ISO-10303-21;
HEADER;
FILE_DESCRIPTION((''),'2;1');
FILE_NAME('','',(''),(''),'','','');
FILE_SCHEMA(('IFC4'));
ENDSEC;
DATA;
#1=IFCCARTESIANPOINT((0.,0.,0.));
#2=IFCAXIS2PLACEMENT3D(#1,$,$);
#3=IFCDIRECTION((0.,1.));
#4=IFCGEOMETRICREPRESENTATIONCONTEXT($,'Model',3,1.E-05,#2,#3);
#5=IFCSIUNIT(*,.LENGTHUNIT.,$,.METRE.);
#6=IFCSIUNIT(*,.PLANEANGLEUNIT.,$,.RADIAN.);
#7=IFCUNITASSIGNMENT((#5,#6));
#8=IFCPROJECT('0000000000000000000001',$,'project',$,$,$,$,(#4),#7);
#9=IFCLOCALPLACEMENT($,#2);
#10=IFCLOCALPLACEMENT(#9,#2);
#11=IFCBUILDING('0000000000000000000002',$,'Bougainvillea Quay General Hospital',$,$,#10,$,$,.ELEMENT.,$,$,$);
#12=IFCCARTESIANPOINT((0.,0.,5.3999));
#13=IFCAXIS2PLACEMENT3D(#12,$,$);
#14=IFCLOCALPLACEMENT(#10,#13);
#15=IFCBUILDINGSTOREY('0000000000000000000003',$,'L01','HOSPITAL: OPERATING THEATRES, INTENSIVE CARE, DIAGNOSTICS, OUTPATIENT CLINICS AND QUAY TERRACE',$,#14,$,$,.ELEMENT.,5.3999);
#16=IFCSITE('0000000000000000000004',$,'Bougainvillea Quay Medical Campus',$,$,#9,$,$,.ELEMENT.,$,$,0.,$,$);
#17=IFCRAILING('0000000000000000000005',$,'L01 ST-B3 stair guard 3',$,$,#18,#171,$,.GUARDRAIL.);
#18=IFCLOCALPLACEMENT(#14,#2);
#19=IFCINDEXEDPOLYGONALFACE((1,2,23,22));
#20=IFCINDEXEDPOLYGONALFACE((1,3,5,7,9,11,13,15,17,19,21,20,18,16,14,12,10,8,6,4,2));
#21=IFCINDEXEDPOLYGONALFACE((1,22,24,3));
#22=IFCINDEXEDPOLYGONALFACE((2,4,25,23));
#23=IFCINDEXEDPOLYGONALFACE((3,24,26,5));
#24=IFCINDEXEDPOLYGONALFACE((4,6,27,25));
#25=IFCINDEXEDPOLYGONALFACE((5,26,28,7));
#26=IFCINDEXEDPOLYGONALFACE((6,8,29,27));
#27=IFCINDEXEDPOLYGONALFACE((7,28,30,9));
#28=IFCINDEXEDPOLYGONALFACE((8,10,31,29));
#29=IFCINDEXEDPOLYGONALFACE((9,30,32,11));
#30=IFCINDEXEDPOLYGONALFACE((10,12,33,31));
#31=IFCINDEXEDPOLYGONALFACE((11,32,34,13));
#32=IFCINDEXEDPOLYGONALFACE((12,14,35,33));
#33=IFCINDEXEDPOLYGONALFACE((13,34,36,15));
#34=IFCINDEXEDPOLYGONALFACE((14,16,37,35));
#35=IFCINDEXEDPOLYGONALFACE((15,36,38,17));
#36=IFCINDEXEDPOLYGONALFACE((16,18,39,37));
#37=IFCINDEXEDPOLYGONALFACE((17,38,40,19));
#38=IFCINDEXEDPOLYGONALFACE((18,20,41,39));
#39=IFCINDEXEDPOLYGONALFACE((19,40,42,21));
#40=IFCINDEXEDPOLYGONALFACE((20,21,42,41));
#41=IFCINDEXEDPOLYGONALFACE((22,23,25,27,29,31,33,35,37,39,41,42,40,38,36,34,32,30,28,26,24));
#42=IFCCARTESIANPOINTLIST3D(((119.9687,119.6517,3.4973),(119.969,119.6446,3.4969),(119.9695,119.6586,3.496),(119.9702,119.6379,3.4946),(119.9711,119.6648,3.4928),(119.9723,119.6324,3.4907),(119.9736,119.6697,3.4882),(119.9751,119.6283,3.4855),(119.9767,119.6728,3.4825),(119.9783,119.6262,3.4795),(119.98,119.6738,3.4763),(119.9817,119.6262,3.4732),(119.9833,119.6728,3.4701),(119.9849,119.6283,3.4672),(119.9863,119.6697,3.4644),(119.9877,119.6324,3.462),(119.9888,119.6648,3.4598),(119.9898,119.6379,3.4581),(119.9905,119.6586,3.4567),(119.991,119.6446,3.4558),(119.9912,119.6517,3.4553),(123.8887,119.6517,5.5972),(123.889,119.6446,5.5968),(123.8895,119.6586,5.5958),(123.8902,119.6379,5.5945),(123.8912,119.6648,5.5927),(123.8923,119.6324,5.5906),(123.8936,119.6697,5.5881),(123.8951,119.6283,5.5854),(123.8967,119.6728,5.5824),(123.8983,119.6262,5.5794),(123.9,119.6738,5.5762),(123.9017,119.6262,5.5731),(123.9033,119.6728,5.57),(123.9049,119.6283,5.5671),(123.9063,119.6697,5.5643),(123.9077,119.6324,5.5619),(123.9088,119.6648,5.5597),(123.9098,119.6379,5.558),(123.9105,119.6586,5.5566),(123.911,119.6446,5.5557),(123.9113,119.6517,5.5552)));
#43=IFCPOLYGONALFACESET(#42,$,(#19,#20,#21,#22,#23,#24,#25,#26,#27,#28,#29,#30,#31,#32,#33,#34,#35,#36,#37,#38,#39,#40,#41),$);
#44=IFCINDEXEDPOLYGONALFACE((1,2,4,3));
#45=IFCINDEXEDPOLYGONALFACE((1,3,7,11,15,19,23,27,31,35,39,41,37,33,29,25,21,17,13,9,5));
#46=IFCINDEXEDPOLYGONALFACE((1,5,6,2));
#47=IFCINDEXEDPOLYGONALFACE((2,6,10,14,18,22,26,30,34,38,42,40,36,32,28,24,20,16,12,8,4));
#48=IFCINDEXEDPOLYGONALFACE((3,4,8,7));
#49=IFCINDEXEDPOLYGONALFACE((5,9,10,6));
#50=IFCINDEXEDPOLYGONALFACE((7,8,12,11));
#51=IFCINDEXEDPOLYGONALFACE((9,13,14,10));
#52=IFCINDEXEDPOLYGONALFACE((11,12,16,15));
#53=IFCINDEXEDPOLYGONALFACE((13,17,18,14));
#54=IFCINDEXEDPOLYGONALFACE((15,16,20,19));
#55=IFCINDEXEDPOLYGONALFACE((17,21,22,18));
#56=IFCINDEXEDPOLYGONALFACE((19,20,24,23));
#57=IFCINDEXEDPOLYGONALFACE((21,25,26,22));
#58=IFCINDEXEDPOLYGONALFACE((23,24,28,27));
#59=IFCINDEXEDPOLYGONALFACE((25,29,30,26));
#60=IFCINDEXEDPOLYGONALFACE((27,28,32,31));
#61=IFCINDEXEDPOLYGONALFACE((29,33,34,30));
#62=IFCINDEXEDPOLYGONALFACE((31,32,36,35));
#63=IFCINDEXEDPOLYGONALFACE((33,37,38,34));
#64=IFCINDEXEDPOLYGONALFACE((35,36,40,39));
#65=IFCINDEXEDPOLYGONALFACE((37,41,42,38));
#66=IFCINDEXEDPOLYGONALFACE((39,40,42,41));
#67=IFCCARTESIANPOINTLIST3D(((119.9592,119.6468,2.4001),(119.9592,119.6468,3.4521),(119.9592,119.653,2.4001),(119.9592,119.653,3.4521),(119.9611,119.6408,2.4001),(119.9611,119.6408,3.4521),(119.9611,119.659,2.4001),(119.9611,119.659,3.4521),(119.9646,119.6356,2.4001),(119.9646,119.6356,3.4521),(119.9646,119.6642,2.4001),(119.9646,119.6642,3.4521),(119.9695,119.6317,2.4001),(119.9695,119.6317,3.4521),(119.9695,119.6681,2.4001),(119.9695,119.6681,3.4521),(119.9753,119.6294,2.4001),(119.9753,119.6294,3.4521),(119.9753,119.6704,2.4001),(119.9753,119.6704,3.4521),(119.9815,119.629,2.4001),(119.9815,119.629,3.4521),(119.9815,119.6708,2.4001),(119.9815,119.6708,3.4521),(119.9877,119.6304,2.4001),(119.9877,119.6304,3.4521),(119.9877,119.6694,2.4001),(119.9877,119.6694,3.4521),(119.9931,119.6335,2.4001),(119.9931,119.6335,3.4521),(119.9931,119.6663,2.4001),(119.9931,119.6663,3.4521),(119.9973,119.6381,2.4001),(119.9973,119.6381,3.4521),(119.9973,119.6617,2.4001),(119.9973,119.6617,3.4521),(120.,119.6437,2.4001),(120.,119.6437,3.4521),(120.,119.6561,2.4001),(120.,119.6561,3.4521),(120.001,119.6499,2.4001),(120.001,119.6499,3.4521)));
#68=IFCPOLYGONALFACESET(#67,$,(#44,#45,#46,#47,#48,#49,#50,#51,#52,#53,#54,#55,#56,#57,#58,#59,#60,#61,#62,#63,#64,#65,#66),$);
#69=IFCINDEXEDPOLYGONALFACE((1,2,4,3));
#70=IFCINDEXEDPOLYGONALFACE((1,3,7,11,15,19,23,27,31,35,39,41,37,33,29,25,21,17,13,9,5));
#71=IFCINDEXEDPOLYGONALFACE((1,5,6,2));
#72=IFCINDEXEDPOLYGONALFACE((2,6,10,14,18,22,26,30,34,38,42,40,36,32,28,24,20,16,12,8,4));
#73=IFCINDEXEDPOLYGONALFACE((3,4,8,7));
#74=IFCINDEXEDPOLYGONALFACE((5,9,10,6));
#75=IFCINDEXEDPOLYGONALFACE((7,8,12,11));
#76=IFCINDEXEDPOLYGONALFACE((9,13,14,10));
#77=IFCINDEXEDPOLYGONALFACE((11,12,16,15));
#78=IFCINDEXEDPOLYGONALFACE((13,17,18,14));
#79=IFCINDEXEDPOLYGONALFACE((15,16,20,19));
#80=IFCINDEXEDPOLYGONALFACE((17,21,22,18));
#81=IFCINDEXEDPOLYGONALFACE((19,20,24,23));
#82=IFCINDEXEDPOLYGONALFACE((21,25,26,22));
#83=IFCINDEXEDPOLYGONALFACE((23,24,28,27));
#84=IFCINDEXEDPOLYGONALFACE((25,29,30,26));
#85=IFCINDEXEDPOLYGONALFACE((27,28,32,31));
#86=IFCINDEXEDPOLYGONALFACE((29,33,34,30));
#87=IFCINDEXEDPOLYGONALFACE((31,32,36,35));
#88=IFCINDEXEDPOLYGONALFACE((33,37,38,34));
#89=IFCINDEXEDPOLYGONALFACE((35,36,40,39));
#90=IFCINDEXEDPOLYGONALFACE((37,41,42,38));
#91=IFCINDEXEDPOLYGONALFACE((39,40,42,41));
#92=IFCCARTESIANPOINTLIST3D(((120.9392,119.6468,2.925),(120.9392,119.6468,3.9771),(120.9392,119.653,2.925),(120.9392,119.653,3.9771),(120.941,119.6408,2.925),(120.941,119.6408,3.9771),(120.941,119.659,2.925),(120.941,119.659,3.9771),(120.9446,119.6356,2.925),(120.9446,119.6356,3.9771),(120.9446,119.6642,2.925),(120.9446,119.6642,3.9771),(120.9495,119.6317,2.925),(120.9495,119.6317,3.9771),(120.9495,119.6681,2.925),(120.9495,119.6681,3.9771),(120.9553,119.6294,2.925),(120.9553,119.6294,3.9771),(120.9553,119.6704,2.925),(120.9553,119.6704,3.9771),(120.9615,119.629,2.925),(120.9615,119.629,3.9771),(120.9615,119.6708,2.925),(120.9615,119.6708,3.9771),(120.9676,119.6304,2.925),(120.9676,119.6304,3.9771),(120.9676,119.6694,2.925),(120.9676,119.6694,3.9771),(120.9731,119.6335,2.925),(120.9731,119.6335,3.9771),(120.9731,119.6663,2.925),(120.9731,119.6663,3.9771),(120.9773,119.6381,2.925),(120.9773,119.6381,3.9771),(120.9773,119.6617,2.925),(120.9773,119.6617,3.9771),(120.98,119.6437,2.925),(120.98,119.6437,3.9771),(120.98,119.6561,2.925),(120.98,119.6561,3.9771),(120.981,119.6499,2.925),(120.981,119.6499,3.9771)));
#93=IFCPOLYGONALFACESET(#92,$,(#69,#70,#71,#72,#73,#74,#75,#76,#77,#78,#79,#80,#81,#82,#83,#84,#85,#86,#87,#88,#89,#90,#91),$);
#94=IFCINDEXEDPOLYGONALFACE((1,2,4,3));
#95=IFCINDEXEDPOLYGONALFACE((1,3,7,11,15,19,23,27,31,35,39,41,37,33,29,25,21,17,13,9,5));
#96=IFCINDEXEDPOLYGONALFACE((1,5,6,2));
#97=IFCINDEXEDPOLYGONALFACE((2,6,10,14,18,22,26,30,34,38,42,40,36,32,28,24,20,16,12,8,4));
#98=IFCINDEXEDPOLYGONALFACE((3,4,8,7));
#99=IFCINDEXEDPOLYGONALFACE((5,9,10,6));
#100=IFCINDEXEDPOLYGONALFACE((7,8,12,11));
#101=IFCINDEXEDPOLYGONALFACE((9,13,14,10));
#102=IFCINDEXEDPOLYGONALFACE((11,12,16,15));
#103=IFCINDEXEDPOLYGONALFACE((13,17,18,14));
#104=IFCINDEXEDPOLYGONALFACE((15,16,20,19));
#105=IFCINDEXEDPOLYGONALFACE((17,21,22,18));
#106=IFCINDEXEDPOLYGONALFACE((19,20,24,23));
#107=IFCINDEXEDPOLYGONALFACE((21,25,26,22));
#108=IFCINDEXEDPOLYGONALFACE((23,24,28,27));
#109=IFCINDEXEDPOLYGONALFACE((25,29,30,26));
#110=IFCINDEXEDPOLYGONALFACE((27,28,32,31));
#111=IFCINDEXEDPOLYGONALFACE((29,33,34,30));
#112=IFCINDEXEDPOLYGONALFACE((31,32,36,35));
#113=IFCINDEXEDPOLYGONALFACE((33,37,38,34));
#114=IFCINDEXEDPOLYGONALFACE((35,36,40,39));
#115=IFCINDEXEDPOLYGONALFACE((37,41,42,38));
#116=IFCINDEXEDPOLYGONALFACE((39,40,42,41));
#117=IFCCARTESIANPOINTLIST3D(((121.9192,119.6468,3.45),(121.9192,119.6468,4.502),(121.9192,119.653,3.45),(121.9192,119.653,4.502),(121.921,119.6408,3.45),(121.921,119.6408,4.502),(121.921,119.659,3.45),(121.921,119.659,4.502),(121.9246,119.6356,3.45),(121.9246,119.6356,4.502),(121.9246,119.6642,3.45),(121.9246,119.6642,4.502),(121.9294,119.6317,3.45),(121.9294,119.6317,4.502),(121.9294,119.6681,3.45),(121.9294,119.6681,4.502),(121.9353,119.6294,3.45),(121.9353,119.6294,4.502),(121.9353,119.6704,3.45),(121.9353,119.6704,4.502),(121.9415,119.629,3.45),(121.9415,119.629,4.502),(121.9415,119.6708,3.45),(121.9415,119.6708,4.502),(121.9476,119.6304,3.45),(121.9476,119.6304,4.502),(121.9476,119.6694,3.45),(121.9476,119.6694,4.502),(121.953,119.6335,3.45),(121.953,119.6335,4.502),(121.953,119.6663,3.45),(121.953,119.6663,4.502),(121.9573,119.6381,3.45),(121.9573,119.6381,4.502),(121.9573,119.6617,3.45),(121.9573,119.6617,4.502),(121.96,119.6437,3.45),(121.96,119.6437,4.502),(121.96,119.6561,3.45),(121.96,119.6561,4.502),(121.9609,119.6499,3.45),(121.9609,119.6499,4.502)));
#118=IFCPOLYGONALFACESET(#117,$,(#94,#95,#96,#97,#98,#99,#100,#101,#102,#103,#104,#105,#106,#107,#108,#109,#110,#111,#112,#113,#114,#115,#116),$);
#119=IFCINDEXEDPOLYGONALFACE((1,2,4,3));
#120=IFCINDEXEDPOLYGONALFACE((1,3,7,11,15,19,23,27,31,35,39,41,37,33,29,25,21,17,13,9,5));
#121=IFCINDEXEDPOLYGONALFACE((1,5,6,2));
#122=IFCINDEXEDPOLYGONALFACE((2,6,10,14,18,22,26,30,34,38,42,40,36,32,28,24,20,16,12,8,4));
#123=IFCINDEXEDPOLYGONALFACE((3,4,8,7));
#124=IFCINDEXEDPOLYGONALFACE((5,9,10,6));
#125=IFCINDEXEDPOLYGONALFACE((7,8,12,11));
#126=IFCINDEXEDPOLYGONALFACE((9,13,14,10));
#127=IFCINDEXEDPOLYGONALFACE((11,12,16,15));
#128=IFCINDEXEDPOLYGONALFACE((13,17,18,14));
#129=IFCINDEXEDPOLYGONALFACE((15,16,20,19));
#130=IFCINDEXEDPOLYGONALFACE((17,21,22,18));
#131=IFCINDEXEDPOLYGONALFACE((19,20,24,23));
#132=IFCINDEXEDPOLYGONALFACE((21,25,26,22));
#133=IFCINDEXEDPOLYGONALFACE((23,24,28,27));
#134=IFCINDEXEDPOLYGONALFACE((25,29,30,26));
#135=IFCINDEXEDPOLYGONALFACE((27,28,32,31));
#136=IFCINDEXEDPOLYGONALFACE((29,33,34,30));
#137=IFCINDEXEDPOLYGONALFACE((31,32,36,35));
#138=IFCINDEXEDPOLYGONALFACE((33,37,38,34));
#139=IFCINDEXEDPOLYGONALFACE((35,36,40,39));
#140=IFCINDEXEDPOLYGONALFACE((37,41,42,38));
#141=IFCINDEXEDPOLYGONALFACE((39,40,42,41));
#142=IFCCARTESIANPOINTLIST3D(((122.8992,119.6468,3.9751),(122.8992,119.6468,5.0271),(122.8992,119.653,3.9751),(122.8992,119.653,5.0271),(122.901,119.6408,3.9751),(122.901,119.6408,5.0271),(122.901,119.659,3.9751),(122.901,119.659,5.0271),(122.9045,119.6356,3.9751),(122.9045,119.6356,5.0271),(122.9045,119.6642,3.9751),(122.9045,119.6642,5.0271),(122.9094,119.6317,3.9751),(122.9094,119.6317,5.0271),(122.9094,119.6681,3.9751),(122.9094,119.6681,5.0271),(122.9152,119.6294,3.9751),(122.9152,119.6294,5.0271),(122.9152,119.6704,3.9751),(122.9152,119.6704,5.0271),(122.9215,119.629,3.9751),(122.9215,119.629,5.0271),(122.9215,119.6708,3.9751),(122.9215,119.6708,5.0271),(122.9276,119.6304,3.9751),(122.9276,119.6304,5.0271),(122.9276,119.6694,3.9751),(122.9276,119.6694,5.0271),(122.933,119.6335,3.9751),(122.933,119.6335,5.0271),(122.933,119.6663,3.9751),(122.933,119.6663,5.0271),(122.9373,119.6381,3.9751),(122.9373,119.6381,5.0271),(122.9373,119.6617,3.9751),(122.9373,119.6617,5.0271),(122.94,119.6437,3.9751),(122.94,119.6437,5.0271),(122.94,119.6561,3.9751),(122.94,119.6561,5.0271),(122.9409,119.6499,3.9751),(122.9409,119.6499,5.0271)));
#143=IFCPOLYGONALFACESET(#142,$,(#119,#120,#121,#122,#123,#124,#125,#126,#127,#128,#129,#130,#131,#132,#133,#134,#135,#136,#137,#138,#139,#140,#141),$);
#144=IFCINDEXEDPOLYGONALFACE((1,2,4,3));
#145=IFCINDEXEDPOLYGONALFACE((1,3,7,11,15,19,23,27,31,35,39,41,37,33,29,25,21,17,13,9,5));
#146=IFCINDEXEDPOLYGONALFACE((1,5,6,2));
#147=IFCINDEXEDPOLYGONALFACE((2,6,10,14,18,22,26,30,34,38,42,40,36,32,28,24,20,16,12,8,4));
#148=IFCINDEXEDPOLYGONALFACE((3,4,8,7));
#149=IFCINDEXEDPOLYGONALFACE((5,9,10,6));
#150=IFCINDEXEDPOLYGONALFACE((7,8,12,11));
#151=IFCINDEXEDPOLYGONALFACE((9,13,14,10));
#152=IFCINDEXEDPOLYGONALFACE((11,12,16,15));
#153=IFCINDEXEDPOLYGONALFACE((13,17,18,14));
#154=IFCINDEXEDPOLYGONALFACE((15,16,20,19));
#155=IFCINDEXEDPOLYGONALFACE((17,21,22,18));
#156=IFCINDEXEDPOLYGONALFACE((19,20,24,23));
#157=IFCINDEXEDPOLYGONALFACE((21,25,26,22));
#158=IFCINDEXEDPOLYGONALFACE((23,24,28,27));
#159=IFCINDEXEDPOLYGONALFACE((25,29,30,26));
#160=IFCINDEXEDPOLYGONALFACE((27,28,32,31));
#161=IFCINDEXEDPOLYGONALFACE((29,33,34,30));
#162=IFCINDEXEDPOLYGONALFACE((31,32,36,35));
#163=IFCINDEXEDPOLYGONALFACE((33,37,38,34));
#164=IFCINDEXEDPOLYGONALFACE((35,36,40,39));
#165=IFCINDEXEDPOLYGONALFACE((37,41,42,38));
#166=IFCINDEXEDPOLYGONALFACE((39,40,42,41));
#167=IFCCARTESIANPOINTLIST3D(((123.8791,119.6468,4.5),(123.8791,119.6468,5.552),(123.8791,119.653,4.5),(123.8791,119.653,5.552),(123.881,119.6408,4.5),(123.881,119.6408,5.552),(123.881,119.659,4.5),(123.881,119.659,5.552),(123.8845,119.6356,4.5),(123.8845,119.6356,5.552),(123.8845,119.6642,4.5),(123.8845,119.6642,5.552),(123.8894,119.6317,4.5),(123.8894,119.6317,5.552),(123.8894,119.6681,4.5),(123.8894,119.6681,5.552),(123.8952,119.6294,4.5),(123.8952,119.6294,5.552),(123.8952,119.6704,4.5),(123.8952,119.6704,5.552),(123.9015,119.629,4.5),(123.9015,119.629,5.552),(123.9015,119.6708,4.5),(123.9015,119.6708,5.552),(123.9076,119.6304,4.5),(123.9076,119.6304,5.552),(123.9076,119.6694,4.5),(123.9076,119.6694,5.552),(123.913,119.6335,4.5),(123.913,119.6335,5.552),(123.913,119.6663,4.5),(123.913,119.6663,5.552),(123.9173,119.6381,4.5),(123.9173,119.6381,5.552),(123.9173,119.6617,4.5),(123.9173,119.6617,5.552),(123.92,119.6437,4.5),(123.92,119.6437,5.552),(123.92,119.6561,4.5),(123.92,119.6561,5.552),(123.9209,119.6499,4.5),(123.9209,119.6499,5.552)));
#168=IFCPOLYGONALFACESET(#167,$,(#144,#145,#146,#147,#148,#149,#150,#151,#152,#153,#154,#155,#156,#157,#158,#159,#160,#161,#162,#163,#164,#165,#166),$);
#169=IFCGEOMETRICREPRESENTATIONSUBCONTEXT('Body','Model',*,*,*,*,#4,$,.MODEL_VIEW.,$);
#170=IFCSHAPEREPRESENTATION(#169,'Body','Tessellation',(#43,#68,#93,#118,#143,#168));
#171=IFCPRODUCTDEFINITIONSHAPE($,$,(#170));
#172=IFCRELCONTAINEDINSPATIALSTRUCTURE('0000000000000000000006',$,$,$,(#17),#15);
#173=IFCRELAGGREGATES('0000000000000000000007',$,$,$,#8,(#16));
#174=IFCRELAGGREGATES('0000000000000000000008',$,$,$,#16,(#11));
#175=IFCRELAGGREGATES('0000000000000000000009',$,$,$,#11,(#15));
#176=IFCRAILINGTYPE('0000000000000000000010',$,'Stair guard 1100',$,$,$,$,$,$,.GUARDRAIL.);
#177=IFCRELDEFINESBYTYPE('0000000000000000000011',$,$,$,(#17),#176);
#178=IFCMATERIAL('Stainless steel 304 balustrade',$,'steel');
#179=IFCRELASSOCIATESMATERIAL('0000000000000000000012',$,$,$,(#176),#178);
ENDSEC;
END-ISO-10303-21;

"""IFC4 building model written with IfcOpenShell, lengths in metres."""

from ifc_helpers import new_model, si_unit, direction, frame, origin, origin_2d, place, context, subcontext, project, spatial, circle, extrude, material, type_object, element, save


model = new_model("IFC4")

# Units and contexts
model_context = context("Model", 3, precision=1e-05, world=origin(), true_north=direction((0.0, 1.0)))
body_context = subcontext(model_context, "Body", "Model", "MODEL_VIEW")
ifc_project = project(units=[si_unit("LENGTHUNIT", "METRE"), si_unit("PLANEANGLEUNIT", "RADIAN")], contexts=[model_context])

# Site, building, storey
site_placement = place(None, origin())
site = spatial("IfcSite", under=ifc_project, at=site_placement, Name="Bougainvillea Quay Medical Campus", CompositionType="ELEMENT", RefElevation=0.0)
building_placement = place(site_placement, origin())
building = spatial("IfcBuilding", under=site, at=building_placement, Name="Bougainvillea Quay General Hospital", CompositionType="ELEMENT")
storey_placement = place(building_placement, frame((0.0, 0.0, 5.3999)))
storey = spatial("IfcBuildingStorey", under=building, at=storey_placement, Name="L01", Description="HOSPITAL: OPERATING THEATRES, INTENSIVE CARE, DIAGNOSTICS, OUTPATIENT CLINICS AND QUAY TERRACE", CompositionType="ELEMENT", Elevation=5.3999)

# Railing
ifc_material_1 = material(Name="Stainless steel 304 balustrade", Category="steel")
railing_type = type_object("IfcRailingType", Name="Stair guard 1100", PredefinedType="GUARDRAIL", material=ifc_material_1)
railing_1_placement = place(storey_placement, frame((119.98, 119.6499, 2.4001)))
element("IfcRailing", 1, at=railing_1_placement, inside=storey, type_object=railing_type, Name="L01 ST-B3 stair guard 3", PredefinedType="GUARDRAIL", context=body_context, shape_type="SweptSolid", body=[
    extrude(circle(Radius=0.0239, at=origin_2d()), frame((0.0, 0.0, 1.0762), z_axis=(0.88149, 0.0, 0.472203), x_axis=(0.0, 1.0, 0.0)), (0.0, 0.0, 1.0), 4.447),
    extrude(circle(Radius=0.021, at=origin_2d()), origin(), (0.0, 0.0, 1.0), 1.052),
    extrude(circle(Radius=0.021, at=origin_2d()), frame((0.98, 0.0, 0.5249)), (0.0, 0.0, 1.0), 1.052),
    extrude(circle(Radius=0.021, at=origin_2d()), frame((1.96, 0.0, 1.0498)), (0.0, 0.0, 1.0), 1.052),
    extrude(circle(Radius=0.021, at=origin_2d()), frame((2.9399, 0.0, 1.575)), (0.0, 0.0, 1.0), 1.052),
    extrude(circle(Radius=0.021, at=origin_2d()), frame((3.9199, 0.0, 2.0999)), (0.0, 0.0, 1.0), 1.052),
])

save(model, "model.ifc")
